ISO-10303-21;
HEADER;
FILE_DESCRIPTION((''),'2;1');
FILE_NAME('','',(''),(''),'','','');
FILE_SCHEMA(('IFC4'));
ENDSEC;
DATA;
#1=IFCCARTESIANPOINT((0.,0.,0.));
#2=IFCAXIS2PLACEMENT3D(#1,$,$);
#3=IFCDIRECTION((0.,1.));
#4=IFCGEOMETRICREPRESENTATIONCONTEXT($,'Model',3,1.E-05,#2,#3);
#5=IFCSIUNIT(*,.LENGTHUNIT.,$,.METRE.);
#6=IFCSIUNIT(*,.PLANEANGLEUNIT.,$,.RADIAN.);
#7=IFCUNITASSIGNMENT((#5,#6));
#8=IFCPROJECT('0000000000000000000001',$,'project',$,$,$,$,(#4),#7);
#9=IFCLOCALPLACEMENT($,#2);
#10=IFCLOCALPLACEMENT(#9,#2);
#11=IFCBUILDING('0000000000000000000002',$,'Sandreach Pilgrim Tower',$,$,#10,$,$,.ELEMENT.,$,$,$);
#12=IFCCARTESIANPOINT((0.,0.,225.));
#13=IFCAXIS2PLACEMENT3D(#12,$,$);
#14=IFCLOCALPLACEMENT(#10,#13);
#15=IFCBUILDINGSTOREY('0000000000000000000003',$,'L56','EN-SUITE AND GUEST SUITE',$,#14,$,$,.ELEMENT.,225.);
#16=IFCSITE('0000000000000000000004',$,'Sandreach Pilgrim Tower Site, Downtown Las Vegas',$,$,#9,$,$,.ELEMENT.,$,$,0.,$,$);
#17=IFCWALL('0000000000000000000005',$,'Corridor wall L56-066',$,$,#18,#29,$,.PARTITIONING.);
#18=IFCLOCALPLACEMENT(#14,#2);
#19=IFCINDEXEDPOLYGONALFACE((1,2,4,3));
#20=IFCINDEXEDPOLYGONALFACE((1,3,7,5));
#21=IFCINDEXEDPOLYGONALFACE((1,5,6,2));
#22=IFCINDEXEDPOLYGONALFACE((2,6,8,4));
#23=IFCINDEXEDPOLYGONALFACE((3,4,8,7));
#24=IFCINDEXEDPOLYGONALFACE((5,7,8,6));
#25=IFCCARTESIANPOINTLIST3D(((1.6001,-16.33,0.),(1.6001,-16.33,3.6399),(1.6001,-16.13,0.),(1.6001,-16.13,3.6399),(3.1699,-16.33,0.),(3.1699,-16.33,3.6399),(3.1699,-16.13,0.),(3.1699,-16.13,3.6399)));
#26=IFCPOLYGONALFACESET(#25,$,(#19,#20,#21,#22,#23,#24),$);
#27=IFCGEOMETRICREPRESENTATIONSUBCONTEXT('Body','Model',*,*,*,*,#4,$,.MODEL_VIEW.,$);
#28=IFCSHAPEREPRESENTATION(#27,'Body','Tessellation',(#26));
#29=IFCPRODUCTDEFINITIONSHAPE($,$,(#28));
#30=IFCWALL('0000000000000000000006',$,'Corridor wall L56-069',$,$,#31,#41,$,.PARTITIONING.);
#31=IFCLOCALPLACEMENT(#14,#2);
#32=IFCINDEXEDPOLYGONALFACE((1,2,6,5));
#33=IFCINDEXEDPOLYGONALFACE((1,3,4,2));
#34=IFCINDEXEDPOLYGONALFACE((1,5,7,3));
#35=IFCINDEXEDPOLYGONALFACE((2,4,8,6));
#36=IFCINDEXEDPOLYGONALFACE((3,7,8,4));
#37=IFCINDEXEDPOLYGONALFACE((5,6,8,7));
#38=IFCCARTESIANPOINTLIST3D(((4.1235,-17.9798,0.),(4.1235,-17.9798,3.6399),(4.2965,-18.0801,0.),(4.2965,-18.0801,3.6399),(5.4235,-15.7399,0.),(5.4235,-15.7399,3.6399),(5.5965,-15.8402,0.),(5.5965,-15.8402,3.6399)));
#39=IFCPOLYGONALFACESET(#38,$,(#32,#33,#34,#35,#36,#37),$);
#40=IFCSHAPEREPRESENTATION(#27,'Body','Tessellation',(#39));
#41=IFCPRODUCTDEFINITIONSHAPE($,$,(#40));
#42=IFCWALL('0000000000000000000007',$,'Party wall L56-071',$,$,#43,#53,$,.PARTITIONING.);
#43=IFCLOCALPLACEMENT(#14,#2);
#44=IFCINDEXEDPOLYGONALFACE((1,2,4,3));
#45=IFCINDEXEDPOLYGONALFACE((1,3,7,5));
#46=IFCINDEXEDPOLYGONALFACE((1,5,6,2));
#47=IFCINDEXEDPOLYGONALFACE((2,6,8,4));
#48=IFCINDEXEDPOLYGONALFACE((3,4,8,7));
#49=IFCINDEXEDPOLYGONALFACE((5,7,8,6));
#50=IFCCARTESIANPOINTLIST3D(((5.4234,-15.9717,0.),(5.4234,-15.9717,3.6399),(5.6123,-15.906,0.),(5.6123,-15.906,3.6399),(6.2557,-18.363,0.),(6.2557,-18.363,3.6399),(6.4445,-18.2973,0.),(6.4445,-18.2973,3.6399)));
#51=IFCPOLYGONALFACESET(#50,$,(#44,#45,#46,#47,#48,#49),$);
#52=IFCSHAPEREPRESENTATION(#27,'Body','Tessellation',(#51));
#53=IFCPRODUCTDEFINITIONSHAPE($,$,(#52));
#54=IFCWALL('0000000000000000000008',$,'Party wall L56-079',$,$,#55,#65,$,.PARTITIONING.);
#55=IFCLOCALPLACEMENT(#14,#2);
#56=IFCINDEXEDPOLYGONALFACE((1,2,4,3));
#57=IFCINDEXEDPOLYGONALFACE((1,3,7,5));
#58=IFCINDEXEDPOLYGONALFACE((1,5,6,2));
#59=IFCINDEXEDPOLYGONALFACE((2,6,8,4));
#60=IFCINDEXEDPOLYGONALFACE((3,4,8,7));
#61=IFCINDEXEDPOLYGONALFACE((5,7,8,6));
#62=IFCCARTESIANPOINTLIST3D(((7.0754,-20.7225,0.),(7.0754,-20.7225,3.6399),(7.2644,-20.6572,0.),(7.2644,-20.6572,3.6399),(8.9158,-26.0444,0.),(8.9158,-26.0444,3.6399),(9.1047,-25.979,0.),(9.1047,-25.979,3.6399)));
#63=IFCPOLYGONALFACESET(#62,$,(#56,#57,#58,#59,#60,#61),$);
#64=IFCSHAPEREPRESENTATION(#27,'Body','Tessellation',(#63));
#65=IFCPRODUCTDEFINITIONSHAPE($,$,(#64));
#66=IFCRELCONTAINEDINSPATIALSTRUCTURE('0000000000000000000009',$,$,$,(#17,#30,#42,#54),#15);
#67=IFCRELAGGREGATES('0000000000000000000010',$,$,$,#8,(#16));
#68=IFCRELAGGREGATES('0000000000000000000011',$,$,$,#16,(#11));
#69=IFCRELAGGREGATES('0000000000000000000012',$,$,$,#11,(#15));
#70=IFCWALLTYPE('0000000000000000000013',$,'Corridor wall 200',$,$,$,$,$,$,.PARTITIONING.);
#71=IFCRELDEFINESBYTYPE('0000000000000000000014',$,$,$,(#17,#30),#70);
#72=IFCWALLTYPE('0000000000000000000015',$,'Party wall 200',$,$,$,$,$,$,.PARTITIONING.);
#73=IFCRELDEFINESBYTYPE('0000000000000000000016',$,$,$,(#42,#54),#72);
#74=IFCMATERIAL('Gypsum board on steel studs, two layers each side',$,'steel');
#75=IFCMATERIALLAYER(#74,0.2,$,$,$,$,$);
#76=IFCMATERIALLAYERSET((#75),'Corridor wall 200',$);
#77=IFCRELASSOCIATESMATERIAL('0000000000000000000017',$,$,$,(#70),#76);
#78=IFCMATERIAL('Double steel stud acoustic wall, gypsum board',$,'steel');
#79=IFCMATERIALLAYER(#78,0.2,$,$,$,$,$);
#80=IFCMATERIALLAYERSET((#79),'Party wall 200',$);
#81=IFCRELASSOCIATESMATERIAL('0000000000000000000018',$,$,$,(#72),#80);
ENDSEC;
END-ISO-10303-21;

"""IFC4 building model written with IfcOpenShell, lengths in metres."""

from ifc_helpers import new_model, si_unit, direction, frame, frame_2d, origin, place, context, subcontext, project, spatial, rectangle, extrude, material, layer, layer_set, type_object, element, save


model = new_model("IFC4")

# Units and contexts
model_context = context("Model", 3, precision=1e-05, world=origin(), true_north=direction((0.0, 1.0)))
body_context = subcontext(model_context, "Body", "Model", "MODEL_VIEW")
ifc_project = project(units=[si_unit("LENGTHUNIT", "METRE"), si_unit("PLANEANGLEUNIT", "RADIAN")], contexts=[model_context])

# Site, building, storey
site_placement = place(None, origin())
site = spatial("IfcSite", under=ifc_project, at=site_placement, Name="Sandreach Pilgrim Tower Site, Downtown Las Vegas", CompositionType="ELEMENT", RefElevation=0.0)
building_placement = place(site_placement, origin())
building = spatial("IfcBuilding", under=site, at=building_placement, Name="Sandreach Pilgrim Tower", CompositionType="ELEMENT")
storey_placement = place(building_placement, frame((0.0, 0.0, 225.0)))
storey = spatial("IfcBuildingStorey", under=building, at=storey_placement, Name="L56", Description="EN-SUITE AND GUEST SUITE", CompositionType="ELEMENT", Elevation=225.0)

# Shared definitions
ifc_material_1 = material(Name="Gypsum board on steel studs, two layers each side", Category="steel")
ifc_layer_1 = layer(ifc_material_1, 0.2)
ifc_layer_set_1 = layer_set([ifc_layer_1], Name="Corridor wall 200")
wall_type_1 = type_object("IfcWallType", Name="Corridor wall 200", PredefinedType="PARTITIONING", material=ifc_layer_set_1)

# Walls
wall_1_placement = place(storey_placement, frame((3.1699, -16.23, 0.0), z_axis=(0.0, 0.0, 1.0), x_axis=(-1.0, 0.0, 0.0)))
element("IfcWall", 1, at=wall_1_placement, inside=storey, type_object=wall_type_1, Name="Corridor wall L56-066", PredefinedType="PARTITIONING", context=body_context, shape_type="SweptSolid", body=[
    extrude(rectangle(XDim=1.5698, YDim=0.2, at=frame_2d((0.7849, 0.0))), origin(), (0.0, 0.0, 1.0), 3.6399),
])
wall_2_placement = place(storey_placement, frame((5.51, -15.79, 0.0), z_axis=(0.0, 0.0, 1.0), x_axis=(-0.501965, -0.864888, 0.0)))
element("IfcWall", 2, at=wall_2_placement, inside=storey, type_object=wall_type_1, Name="Corridor wall L56-069", PredefinedType="PARTITIONING", context=body_context, shape_type="SweptSolid", body=[
    extrude(rectangle(XDim=2.5898, YDim=0.2, at=frame_2d((1.2949, 0.0))), origin(), (0.0, 0.0, 1.0), 3.6399),
])

# Walls
ifc_material_2 = material(Name="Double steel stud acoustic wall, gypsum board", Category="steel")
ifc_layer_2 = layer(ifc_material_2, 0.2)
ifc_layer_set_2 = layer_set([ifc_layer_2], Name="Party wall 200")
wall_type_2 = type_object("IfcWallType", Name="Party wall 200", PredefinedType="PARTITIONING", material=ifc_layer_set_2)
wall_3_placement = place(storey_placement, frame((5.5178, -15.9387, 0.0), z_axis=(0.0, 0.0, 1.0), x_axis=(0.328696, -0.944436, 0.0)))
element("IfcWall", 3, at=wall_3_placement, inside=storey, type_object=wall_type_2, Name="Party wall L56-071", PredefinedType="PARTITIONING", context=body_context, shape_type="SweptSolid", body=[
    extrude(rectangle(XDim=2.532, YDim=0.2, at=frame_2d((1.2661, 0.0))), origin(), (0.0, 0.0, 1.0), 3.6399),
])
wall_4_placement = place(storey_placement, frame((7.1699, -20.6899, 0.0), z_axis=(0.0, 0.0, 1.0), x_axis=(0.326822, -0.945086, 0.0)))
element("IfcWall", 4, at=wall_4_placement, inside=storey, type_object=wall_type_2, Name="Party wall L56-079", PredefinedType="PARTITIONING", context=body_context, shape_type="SweptSolid", body=[
    extrude(rectangle(XDim=5.6311, YDim=0.2, at=frame_2d((2.8154, 0.0))), origin(), (0.0, 0.0, 1.0), 3.6399),
])

save(model, "model.ifc")
